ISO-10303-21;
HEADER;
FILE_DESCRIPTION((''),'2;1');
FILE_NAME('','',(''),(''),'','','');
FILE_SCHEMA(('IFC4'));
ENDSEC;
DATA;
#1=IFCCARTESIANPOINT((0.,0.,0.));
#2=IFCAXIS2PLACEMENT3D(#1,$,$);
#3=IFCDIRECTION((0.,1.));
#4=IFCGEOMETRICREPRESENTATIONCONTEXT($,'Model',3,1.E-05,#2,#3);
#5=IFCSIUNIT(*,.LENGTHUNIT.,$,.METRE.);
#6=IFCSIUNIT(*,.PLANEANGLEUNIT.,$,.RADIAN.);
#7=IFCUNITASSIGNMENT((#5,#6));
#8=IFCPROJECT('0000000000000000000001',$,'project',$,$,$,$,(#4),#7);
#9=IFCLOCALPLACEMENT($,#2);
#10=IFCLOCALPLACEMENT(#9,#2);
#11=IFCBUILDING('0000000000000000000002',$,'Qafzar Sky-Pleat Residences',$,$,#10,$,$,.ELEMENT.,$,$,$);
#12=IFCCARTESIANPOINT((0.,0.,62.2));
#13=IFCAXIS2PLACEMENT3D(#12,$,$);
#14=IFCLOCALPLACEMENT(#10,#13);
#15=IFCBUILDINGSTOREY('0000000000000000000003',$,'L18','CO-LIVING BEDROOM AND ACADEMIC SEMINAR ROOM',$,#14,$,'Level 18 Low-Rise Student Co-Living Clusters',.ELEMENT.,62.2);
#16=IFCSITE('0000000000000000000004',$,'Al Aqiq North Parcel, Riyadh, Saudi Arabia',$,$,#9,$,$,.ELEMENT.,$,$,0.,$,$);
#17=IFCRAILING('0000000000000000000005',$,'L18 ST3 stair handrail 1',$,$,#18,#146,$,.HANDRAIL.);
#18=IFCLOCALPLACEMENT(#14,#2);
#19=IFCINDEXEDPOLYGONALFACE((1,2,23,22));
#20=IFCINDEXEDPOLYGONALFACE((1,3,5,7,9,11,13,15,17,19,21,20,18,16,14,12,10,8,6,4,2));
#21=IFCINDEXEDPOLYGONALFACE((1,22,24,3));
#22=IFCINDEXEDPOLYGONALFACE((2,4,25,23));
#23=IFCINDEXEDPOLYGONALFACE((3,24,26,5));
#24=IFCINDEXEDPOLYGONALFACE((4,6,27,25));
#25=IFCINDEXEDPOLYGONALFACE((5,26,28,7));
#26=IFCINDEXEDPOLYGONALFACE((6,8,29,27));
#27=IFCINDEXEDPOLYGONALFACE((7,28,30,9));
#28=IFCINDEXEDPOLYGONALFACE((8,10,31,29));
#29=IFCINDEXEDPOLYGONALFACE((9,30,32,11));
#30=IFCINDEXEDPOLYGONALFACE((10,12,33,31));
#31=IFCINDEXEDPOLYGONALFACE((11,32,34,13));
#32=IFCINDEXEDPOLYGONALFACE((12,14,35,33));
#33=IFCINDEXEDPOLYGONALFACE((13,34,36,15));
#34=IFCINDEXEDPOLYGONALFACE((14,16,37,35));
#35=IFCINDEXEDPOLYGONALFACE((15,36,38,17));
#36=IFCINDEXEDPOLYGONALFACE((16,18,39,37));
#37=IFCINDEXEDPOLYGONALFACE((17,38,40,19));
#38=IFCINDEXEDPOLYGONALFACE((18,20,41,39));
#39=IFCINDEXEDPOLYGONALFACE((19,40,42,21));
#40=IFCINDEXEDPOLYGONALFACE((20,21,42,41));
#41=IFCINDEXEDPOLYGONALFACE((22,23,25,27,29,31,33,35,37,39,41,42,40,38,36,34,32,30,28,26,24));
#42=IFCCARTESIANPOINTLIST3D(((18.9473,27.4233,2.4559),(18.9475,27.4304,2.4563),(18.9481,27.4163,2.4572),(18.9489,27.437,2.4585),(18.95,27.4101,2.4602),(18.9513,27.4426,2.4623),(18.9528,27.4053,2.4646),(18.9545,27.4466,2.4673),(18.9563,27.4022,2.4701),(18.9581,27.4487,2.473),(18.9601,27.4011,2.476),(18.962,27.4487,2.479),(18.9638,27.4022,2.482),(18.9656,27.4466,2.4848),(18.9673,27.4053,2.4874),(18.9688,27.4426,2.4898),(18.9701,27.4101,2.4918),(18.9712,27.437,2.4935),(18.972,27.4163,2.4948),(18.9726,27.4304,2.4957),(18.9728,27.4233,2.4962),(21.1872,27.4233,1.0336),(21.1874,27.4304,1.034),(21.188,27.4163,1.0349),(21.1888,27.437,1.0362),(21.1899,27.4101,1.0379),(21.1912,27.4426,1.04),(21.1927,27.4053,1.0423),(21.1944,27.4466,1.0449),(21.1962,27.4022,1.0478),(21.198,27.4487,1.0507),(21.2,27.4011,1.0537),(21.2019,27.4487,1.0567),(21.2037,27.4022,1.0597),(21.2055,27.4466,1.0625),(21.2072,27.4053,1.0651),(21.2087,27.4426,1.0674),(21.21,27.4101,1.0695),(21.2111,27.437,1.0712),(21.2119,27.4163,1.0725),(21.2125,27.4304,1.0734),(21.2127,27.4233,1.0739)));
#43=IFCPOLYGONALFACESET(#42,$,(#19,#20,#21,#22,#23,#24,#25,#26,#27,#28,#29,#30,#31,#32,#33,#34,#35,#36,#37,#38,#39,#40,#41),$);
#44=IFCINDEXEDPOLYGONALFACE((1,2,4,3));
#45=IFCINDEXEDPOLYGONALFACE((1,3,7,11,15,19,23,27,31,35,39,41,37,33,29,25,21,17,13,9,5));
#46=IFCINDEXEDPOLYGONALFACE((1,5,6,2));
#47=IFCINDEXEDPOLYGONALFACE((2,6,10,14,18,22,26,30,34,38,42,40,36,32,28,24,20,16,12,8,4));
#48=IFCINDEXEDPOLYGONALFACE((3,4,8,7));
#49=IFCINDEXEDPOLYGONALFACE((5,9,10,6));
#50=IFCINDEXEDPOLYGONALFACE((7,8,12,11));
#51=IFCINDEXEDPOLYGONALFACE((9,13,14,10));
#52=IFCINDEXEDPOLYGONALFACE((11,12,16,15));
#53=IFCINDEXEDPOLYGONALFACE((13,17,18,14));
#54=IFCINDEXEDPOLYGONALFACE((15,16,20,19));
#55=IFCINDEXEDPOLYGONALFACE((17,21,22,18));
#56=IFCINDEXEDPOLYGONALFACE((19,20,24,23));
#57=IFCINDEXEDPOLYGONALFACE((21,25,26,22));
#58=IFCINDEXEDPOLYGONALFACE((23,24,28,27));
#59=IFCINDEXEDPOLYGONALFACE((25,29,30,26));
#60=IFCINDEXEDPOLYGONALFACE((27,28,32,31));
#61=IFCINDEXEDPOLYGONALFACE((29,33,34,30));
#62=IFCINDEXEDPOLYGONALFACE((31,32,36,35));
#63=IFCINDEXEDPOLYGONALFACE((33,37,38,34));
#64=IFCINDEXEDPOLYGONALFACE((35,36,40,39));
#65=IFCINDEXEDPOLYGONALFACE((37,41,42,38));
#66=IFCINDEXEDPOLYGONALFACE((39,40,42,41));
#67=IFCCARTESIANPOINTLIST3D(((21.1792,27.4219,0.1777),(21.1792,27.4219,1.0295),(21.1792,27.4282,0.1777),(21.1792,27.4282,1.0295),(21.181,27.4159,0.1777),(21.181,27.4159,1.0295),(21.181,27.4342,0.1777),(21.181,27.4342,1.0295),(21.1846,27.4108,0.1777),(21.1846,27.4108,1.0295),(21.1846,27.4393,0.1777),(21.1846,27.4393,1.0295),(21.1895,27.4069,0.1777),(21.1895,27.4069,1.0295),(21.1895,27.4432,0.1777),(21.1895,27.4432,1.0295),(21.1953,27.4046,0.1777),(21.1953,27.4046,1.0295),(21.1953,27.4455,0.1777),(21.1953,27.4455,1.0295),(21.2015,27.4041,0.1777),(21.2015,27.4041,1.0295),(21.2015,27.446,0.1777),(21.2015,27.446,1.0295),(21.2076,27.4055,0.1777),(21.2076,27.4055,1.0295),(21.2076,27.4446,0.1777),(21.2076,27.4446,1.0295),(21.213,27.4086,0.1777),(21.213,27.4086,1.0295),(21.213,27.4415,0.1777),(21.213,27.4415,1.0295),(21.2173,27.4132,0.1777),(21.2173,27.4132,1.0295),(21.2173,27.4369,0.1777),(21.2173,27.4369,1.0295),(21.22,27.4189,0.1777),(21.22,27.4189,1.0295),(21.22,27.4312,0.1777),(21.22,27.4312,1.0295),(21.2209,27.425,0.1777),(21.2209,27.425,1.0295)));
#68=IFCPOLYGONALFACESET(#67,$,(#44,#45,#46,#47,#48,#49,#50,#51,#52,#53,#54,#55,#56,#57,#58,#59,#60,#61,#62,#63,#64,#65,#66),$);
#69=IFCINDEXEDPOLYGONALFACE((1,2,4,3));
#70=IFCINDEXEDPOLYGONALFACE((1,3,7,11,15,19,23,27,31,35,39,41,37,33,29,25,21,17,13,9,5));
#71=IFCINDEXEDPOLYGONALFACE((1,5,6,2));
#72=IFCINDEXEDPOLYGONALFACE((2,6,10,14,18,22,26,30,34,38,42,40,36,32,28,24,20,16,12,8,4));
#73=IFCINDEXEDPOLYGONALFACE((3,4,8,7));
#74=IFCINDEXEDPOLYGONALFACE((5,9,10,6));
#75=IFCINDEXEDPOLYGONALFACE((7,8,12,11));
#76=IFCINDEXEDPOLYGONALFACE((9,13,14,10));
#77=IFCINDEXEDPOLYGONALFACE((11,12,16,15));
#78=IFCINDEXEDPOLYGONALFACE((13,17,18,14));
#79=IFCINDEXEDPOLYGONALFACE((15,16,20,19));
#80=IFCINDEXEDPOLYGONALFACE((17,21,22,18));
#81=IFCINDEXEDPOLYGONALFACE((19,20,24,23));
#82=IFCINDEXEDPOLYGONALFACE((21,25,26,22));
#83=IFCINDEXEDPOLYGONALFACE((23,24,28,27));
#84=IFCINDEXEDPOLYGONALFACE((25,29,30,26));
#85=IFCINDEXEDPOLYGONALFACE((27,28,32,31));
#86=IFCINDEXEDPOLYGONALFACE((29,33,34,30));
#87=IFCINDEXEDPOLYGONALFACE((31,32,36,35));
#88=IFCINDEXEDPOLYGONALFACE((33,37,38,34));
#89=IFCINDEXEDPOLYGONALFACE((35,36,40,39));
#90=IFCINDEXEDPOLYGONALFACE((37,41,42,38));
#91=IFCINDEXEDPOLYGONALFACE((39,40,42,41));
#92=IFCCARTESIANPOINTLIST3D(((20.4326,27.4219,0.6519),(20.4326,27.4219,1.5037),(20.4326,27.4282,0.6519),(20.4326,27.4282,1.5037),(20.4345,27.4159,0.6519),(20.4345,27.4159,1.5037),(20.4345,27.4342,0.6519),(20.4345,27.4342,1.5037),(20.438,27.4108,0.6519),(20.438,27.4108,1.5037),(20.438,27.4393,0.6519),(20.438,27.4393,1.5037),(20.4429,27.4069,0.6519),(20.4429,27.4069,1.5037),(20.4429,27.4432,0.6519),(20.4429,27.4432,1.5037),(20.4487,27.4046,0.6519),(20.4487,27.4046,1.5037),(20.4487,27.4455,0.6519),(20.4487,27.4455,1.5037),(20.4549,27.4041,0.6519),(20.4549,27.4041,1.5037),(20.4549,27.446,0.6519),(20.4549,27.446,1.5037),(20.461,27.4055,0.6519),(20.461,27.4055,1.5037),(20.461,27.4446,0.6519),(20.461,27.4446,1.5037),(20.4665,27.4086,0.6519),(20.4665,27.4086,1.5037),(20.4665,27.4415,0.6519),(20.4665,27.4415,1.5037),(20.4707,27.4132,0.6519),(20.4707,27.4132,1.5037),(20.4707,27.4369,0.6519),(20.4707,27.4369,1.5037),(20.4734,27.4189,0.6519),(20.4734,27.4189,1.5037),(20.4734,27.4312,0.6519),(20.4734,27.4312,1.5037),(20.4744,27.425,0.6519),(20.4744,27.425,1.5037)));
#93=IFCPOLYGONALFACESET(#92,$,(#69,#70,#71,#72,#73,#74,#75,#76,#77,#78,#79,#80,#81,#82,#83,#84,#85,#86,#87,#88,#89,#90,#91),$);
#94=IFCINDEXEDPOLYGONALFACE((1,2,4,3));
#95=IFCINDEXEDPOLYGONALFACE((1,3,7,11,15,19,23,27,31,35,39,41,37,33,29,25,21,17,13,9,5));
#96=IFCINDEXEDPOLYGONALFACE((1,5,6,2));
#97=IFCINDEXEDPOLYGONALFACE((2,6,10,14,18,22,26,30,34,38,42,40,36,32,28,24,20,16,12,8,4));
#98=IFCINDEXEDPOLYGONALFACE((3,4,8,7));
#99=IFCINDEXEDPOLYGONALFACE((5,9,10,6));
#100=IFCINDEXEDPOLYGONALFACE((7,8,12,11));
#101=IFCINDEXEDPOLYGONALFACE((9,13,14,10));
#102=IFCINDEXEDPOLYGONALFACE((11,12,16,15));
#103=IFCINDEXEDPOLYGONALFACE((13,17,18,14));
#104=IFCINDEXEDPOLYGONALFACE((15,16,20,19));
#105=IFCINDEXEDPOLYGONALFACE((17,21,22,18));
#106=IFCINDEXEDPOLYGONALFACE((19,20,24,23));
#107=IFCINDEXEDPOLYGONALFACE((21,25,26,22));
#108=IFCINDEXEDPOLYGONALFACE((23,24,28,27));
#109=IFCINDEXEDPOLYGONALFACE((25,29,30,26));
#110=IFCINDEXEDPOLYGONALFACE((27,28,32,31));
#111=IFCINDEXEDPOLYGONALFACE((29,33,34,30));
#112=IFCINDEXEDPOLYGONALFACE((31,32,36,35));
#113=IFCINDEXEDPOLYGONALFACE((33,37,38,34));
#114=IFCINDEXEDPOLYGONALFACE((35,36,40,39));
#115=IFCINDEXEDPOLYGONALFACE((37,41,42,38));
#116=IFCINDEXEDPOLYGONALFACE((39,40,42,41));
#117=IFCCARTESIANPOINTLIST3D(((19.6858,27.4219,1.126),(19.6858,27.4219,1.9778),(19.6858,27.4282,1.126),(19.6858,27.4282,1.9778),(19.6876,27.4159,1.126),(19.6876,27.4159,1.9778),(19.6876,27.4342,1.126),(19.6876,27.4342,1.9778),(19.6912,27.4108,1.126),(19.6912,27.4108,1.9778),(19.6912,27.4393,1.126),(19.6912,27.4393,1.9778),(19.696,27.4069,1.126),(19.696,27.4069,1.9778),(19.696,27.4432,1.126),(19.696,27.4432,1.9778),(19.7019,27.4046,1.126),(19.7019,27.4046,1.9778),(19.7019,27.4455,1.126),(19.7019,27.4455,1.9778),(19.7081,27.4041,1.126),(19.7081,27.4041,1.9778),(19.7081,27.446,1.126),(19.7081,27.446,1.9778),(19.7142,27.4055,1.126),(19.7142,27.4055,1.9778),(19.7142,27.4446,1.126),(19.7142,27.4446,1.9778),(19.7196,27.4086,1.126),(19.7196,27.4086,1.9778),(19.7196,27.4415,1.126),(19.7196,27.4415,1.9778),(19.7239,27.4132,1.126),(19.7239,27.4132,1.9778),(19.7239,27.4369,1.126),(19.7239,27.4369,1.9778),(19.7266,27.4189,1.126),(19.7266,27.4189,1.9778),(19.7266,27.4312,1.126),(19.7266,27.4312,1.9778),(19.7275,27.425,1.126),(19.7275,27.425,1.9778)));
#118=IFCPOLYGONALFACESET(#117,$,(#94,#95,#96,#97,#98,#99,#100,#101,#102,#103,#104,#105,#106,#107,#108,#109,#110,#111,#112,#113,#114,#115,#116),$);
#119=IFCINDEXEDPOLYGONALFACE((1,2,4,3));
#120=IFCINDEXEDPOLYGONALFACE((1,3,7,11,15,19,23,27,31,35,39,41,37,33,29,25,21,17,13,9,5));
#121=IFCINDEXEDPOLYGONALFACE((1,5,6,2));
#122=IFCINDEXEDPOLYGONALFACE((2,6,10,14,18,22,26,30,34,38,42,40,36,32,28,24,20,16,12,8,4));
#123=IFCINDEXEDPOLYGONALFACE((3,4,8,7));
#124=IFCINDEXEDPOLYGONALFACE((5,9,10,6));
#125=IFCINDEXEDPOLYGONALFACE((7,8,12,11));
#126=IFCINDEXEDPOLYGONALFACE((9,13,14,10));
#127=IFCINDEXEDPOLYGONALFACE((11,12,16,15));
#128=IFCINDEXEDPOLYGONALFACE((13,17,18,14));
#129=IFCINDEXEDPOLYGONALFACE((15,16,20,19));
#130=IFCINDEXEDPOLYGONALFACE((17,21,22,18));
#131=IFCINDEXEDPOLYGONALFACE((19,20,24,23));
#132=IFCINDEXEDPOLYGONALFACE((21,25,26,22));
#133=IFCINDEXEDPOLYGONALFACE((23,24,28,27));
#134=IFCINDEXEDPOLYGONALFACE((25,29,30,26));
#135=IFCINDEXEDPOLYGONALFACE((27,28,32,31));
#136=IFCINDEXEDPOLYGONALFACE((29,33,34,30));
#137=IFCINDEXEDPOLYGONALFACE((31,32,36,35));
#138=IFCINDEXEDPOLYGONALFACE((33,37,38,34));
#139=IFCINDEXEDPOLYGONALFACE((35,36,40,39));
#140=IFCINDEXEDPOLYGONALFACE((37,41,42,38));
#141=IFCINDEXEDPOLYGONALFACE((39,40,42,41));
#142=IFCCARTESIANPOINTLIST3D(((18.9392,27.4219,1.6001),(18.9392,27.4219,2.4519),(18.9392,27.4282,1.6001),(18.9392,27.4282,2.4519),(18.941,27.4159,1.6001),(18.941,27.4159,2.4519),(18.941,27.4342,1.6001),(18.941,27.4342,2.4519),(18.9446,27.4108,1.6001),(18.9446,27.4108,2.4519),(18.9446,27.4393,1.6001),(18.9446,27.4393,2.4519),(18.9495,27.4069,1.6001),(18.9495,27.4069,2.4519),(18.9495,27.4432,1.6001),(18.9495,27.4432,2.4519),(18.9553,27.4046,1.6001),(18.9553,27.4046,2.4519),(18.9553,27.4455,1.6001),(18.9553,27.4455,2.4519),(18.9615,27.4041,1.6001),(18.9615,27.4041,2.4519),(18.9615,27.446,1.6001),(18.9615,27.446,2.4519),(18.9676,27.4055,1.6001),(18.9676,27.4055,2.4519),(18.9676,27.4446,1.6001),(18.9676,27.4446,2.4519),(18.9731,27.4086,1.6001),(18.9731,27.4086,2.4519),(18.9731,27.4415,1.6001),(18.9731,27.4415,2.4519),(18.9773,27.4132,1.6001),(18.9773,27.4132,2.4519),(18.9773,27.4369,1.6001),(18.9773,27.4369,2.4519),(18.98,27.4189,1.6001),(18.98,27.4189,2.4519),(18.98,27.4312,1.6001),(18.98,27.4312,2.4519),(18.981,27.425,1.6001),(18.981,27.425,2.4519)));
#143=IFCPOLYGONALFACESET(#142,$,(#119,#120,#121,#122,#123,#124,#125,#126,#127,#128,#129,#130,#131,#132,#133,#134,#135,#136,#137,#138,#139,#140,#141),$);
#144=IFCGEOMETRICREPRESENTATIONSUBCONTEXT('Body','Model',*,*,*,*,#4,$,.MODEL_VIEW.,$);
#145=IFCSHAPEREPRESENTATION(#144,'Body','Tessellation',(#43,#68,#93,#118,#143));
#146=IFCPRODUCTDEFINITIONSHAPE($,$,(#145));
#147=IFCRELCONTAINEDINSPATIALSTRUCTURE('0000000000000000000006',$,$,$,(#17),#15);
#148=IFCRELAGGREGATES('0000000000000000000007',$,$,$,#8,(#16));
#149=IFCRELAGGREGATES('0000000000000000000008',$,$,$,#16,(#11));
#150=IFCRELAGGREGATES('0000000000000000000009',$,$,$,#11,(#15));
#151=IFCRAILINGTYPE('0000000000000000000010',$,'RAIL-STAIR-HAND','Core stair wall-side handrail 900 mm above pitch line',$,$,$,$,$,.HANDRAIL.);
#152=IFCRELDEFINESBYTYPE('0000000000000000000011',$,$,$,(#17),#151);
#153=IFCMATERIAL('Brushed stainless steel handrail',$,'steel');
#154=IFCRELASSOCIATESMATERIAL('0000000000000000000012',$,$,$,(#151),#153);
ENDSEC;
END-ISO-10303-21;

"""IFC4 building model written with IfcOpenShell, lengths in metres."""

from ifc_helpers import new_model, si_unit, direction, frame, origin, origin_2d, place, context, subcontext, project, spatial, circle, extrude, source, transform, mapped, material, type_object, element, save


model = new_model("IFC4")

# Units and contexts
model_context = context("Model", 3, precision=1e-05, world=origin(), true_north=direction((0.0, 1.0)))
body_context = subcontext(model_context, "Body", "Model", "MODEL_VIEW")
ifc_project = project(units=[si_unit("LENGTHUNIT", "METRE"), si_unit("PLANEANGLEUNIT", "RADIAN")], contexts=[model_context])

# Site, building, storey
site_placement = place(None, origin())
site = spatial("IfcSite", under=ifc_project, at=site_placement, Name="Al Aqiq North Parcel, Riyadh, Saudi Arabia", CompositionType="ELEMENT", RefElevation=0.0)
building_placement = place(site_placement, origin())
building = spatial("IfcBuilding", under=site, at=building_placement, Name="Qafzar Sky-Pleat Residences", CompositionType="ELEMENT")
storey_placement = place(building_placement, frame((0.0, 0.0, 62.2)))
storey = spatial("IfcBuildingStorey", under=building, at=storey_placement, Name="L18", Description="CO-LIVING BEDROOM AND ACADEMIC SEMINAR ROOM", LongName="Level 18 Low-Rise Student Co-Living Clusters", CompositionType="ELEMENT", Elevation=62.2)

# Railing
ifc_material_1 = material(Name="Brushed stainless steel handrail", Category="steel")
railing_type_1 = type_object("IfcRailingType", Name="RAIL-STAIR-HAND", Description="Core stair wall-side handrail 900 mm above pitch line", PredefinedType="HANDRAIL", material=ifc_material_1)
shared_shape_1 = source(origin(), body_context, "Body", "SweptSolid", [
    extrude(circle(Radius=0.0239, at=origin_2d()), frame((0.0, 0.0, 0.876), z_axis=(-0.844188, 0.0, 0.536048), x_axis=(0.0, -1.0, 0.0)), (0.0, 0.0, 1.0), 2.6533),
    extrude(circle(Radius=0.021, at=origin_2d()), origin(), (0.0, 0.0, 1.0), 0.8518),
    extrude(circle(Radius=0.021, at=origin_2d()), frame((-0.7466, 0.0, 0.4741)), (0.0, 0.0, 1.0), 0.8518),
    extrude(circle(Radius=0.021, at=origin_2d()), frame((-1.4934, 0.0, 0.9482)), (0.0, 0.0, 1.0), 0.8518),
    extrude(circle(Radius=0.021, at=origin_2d()), frame((-2.24, 0.0, 1.4224)), (0.0, 0.0, 1.0), 0.8518),
])
railing_1_placement = place(storey_placement, frame((21.2, 27.425, 0.1777)))
element("IfcRailing", 1, at=railing_1_placement, inside=storey, type_object=railing_type_1, Name="L18 ST3 stair handrail 1", PredefinedType="HANDRAIL", context=body_context, shape_type="MappedRepresentation", body=[
    mapped(shared_shape_1, transform((0.0, 0.0, 0.0), x_axis=(1.0, 0.0, 0.0), y_axis=(0.0, 1.0, 0.0), z_axis=(0.0, 0.0, 1.0), scale=1.0)),
])

save(model, "model.ifc")
